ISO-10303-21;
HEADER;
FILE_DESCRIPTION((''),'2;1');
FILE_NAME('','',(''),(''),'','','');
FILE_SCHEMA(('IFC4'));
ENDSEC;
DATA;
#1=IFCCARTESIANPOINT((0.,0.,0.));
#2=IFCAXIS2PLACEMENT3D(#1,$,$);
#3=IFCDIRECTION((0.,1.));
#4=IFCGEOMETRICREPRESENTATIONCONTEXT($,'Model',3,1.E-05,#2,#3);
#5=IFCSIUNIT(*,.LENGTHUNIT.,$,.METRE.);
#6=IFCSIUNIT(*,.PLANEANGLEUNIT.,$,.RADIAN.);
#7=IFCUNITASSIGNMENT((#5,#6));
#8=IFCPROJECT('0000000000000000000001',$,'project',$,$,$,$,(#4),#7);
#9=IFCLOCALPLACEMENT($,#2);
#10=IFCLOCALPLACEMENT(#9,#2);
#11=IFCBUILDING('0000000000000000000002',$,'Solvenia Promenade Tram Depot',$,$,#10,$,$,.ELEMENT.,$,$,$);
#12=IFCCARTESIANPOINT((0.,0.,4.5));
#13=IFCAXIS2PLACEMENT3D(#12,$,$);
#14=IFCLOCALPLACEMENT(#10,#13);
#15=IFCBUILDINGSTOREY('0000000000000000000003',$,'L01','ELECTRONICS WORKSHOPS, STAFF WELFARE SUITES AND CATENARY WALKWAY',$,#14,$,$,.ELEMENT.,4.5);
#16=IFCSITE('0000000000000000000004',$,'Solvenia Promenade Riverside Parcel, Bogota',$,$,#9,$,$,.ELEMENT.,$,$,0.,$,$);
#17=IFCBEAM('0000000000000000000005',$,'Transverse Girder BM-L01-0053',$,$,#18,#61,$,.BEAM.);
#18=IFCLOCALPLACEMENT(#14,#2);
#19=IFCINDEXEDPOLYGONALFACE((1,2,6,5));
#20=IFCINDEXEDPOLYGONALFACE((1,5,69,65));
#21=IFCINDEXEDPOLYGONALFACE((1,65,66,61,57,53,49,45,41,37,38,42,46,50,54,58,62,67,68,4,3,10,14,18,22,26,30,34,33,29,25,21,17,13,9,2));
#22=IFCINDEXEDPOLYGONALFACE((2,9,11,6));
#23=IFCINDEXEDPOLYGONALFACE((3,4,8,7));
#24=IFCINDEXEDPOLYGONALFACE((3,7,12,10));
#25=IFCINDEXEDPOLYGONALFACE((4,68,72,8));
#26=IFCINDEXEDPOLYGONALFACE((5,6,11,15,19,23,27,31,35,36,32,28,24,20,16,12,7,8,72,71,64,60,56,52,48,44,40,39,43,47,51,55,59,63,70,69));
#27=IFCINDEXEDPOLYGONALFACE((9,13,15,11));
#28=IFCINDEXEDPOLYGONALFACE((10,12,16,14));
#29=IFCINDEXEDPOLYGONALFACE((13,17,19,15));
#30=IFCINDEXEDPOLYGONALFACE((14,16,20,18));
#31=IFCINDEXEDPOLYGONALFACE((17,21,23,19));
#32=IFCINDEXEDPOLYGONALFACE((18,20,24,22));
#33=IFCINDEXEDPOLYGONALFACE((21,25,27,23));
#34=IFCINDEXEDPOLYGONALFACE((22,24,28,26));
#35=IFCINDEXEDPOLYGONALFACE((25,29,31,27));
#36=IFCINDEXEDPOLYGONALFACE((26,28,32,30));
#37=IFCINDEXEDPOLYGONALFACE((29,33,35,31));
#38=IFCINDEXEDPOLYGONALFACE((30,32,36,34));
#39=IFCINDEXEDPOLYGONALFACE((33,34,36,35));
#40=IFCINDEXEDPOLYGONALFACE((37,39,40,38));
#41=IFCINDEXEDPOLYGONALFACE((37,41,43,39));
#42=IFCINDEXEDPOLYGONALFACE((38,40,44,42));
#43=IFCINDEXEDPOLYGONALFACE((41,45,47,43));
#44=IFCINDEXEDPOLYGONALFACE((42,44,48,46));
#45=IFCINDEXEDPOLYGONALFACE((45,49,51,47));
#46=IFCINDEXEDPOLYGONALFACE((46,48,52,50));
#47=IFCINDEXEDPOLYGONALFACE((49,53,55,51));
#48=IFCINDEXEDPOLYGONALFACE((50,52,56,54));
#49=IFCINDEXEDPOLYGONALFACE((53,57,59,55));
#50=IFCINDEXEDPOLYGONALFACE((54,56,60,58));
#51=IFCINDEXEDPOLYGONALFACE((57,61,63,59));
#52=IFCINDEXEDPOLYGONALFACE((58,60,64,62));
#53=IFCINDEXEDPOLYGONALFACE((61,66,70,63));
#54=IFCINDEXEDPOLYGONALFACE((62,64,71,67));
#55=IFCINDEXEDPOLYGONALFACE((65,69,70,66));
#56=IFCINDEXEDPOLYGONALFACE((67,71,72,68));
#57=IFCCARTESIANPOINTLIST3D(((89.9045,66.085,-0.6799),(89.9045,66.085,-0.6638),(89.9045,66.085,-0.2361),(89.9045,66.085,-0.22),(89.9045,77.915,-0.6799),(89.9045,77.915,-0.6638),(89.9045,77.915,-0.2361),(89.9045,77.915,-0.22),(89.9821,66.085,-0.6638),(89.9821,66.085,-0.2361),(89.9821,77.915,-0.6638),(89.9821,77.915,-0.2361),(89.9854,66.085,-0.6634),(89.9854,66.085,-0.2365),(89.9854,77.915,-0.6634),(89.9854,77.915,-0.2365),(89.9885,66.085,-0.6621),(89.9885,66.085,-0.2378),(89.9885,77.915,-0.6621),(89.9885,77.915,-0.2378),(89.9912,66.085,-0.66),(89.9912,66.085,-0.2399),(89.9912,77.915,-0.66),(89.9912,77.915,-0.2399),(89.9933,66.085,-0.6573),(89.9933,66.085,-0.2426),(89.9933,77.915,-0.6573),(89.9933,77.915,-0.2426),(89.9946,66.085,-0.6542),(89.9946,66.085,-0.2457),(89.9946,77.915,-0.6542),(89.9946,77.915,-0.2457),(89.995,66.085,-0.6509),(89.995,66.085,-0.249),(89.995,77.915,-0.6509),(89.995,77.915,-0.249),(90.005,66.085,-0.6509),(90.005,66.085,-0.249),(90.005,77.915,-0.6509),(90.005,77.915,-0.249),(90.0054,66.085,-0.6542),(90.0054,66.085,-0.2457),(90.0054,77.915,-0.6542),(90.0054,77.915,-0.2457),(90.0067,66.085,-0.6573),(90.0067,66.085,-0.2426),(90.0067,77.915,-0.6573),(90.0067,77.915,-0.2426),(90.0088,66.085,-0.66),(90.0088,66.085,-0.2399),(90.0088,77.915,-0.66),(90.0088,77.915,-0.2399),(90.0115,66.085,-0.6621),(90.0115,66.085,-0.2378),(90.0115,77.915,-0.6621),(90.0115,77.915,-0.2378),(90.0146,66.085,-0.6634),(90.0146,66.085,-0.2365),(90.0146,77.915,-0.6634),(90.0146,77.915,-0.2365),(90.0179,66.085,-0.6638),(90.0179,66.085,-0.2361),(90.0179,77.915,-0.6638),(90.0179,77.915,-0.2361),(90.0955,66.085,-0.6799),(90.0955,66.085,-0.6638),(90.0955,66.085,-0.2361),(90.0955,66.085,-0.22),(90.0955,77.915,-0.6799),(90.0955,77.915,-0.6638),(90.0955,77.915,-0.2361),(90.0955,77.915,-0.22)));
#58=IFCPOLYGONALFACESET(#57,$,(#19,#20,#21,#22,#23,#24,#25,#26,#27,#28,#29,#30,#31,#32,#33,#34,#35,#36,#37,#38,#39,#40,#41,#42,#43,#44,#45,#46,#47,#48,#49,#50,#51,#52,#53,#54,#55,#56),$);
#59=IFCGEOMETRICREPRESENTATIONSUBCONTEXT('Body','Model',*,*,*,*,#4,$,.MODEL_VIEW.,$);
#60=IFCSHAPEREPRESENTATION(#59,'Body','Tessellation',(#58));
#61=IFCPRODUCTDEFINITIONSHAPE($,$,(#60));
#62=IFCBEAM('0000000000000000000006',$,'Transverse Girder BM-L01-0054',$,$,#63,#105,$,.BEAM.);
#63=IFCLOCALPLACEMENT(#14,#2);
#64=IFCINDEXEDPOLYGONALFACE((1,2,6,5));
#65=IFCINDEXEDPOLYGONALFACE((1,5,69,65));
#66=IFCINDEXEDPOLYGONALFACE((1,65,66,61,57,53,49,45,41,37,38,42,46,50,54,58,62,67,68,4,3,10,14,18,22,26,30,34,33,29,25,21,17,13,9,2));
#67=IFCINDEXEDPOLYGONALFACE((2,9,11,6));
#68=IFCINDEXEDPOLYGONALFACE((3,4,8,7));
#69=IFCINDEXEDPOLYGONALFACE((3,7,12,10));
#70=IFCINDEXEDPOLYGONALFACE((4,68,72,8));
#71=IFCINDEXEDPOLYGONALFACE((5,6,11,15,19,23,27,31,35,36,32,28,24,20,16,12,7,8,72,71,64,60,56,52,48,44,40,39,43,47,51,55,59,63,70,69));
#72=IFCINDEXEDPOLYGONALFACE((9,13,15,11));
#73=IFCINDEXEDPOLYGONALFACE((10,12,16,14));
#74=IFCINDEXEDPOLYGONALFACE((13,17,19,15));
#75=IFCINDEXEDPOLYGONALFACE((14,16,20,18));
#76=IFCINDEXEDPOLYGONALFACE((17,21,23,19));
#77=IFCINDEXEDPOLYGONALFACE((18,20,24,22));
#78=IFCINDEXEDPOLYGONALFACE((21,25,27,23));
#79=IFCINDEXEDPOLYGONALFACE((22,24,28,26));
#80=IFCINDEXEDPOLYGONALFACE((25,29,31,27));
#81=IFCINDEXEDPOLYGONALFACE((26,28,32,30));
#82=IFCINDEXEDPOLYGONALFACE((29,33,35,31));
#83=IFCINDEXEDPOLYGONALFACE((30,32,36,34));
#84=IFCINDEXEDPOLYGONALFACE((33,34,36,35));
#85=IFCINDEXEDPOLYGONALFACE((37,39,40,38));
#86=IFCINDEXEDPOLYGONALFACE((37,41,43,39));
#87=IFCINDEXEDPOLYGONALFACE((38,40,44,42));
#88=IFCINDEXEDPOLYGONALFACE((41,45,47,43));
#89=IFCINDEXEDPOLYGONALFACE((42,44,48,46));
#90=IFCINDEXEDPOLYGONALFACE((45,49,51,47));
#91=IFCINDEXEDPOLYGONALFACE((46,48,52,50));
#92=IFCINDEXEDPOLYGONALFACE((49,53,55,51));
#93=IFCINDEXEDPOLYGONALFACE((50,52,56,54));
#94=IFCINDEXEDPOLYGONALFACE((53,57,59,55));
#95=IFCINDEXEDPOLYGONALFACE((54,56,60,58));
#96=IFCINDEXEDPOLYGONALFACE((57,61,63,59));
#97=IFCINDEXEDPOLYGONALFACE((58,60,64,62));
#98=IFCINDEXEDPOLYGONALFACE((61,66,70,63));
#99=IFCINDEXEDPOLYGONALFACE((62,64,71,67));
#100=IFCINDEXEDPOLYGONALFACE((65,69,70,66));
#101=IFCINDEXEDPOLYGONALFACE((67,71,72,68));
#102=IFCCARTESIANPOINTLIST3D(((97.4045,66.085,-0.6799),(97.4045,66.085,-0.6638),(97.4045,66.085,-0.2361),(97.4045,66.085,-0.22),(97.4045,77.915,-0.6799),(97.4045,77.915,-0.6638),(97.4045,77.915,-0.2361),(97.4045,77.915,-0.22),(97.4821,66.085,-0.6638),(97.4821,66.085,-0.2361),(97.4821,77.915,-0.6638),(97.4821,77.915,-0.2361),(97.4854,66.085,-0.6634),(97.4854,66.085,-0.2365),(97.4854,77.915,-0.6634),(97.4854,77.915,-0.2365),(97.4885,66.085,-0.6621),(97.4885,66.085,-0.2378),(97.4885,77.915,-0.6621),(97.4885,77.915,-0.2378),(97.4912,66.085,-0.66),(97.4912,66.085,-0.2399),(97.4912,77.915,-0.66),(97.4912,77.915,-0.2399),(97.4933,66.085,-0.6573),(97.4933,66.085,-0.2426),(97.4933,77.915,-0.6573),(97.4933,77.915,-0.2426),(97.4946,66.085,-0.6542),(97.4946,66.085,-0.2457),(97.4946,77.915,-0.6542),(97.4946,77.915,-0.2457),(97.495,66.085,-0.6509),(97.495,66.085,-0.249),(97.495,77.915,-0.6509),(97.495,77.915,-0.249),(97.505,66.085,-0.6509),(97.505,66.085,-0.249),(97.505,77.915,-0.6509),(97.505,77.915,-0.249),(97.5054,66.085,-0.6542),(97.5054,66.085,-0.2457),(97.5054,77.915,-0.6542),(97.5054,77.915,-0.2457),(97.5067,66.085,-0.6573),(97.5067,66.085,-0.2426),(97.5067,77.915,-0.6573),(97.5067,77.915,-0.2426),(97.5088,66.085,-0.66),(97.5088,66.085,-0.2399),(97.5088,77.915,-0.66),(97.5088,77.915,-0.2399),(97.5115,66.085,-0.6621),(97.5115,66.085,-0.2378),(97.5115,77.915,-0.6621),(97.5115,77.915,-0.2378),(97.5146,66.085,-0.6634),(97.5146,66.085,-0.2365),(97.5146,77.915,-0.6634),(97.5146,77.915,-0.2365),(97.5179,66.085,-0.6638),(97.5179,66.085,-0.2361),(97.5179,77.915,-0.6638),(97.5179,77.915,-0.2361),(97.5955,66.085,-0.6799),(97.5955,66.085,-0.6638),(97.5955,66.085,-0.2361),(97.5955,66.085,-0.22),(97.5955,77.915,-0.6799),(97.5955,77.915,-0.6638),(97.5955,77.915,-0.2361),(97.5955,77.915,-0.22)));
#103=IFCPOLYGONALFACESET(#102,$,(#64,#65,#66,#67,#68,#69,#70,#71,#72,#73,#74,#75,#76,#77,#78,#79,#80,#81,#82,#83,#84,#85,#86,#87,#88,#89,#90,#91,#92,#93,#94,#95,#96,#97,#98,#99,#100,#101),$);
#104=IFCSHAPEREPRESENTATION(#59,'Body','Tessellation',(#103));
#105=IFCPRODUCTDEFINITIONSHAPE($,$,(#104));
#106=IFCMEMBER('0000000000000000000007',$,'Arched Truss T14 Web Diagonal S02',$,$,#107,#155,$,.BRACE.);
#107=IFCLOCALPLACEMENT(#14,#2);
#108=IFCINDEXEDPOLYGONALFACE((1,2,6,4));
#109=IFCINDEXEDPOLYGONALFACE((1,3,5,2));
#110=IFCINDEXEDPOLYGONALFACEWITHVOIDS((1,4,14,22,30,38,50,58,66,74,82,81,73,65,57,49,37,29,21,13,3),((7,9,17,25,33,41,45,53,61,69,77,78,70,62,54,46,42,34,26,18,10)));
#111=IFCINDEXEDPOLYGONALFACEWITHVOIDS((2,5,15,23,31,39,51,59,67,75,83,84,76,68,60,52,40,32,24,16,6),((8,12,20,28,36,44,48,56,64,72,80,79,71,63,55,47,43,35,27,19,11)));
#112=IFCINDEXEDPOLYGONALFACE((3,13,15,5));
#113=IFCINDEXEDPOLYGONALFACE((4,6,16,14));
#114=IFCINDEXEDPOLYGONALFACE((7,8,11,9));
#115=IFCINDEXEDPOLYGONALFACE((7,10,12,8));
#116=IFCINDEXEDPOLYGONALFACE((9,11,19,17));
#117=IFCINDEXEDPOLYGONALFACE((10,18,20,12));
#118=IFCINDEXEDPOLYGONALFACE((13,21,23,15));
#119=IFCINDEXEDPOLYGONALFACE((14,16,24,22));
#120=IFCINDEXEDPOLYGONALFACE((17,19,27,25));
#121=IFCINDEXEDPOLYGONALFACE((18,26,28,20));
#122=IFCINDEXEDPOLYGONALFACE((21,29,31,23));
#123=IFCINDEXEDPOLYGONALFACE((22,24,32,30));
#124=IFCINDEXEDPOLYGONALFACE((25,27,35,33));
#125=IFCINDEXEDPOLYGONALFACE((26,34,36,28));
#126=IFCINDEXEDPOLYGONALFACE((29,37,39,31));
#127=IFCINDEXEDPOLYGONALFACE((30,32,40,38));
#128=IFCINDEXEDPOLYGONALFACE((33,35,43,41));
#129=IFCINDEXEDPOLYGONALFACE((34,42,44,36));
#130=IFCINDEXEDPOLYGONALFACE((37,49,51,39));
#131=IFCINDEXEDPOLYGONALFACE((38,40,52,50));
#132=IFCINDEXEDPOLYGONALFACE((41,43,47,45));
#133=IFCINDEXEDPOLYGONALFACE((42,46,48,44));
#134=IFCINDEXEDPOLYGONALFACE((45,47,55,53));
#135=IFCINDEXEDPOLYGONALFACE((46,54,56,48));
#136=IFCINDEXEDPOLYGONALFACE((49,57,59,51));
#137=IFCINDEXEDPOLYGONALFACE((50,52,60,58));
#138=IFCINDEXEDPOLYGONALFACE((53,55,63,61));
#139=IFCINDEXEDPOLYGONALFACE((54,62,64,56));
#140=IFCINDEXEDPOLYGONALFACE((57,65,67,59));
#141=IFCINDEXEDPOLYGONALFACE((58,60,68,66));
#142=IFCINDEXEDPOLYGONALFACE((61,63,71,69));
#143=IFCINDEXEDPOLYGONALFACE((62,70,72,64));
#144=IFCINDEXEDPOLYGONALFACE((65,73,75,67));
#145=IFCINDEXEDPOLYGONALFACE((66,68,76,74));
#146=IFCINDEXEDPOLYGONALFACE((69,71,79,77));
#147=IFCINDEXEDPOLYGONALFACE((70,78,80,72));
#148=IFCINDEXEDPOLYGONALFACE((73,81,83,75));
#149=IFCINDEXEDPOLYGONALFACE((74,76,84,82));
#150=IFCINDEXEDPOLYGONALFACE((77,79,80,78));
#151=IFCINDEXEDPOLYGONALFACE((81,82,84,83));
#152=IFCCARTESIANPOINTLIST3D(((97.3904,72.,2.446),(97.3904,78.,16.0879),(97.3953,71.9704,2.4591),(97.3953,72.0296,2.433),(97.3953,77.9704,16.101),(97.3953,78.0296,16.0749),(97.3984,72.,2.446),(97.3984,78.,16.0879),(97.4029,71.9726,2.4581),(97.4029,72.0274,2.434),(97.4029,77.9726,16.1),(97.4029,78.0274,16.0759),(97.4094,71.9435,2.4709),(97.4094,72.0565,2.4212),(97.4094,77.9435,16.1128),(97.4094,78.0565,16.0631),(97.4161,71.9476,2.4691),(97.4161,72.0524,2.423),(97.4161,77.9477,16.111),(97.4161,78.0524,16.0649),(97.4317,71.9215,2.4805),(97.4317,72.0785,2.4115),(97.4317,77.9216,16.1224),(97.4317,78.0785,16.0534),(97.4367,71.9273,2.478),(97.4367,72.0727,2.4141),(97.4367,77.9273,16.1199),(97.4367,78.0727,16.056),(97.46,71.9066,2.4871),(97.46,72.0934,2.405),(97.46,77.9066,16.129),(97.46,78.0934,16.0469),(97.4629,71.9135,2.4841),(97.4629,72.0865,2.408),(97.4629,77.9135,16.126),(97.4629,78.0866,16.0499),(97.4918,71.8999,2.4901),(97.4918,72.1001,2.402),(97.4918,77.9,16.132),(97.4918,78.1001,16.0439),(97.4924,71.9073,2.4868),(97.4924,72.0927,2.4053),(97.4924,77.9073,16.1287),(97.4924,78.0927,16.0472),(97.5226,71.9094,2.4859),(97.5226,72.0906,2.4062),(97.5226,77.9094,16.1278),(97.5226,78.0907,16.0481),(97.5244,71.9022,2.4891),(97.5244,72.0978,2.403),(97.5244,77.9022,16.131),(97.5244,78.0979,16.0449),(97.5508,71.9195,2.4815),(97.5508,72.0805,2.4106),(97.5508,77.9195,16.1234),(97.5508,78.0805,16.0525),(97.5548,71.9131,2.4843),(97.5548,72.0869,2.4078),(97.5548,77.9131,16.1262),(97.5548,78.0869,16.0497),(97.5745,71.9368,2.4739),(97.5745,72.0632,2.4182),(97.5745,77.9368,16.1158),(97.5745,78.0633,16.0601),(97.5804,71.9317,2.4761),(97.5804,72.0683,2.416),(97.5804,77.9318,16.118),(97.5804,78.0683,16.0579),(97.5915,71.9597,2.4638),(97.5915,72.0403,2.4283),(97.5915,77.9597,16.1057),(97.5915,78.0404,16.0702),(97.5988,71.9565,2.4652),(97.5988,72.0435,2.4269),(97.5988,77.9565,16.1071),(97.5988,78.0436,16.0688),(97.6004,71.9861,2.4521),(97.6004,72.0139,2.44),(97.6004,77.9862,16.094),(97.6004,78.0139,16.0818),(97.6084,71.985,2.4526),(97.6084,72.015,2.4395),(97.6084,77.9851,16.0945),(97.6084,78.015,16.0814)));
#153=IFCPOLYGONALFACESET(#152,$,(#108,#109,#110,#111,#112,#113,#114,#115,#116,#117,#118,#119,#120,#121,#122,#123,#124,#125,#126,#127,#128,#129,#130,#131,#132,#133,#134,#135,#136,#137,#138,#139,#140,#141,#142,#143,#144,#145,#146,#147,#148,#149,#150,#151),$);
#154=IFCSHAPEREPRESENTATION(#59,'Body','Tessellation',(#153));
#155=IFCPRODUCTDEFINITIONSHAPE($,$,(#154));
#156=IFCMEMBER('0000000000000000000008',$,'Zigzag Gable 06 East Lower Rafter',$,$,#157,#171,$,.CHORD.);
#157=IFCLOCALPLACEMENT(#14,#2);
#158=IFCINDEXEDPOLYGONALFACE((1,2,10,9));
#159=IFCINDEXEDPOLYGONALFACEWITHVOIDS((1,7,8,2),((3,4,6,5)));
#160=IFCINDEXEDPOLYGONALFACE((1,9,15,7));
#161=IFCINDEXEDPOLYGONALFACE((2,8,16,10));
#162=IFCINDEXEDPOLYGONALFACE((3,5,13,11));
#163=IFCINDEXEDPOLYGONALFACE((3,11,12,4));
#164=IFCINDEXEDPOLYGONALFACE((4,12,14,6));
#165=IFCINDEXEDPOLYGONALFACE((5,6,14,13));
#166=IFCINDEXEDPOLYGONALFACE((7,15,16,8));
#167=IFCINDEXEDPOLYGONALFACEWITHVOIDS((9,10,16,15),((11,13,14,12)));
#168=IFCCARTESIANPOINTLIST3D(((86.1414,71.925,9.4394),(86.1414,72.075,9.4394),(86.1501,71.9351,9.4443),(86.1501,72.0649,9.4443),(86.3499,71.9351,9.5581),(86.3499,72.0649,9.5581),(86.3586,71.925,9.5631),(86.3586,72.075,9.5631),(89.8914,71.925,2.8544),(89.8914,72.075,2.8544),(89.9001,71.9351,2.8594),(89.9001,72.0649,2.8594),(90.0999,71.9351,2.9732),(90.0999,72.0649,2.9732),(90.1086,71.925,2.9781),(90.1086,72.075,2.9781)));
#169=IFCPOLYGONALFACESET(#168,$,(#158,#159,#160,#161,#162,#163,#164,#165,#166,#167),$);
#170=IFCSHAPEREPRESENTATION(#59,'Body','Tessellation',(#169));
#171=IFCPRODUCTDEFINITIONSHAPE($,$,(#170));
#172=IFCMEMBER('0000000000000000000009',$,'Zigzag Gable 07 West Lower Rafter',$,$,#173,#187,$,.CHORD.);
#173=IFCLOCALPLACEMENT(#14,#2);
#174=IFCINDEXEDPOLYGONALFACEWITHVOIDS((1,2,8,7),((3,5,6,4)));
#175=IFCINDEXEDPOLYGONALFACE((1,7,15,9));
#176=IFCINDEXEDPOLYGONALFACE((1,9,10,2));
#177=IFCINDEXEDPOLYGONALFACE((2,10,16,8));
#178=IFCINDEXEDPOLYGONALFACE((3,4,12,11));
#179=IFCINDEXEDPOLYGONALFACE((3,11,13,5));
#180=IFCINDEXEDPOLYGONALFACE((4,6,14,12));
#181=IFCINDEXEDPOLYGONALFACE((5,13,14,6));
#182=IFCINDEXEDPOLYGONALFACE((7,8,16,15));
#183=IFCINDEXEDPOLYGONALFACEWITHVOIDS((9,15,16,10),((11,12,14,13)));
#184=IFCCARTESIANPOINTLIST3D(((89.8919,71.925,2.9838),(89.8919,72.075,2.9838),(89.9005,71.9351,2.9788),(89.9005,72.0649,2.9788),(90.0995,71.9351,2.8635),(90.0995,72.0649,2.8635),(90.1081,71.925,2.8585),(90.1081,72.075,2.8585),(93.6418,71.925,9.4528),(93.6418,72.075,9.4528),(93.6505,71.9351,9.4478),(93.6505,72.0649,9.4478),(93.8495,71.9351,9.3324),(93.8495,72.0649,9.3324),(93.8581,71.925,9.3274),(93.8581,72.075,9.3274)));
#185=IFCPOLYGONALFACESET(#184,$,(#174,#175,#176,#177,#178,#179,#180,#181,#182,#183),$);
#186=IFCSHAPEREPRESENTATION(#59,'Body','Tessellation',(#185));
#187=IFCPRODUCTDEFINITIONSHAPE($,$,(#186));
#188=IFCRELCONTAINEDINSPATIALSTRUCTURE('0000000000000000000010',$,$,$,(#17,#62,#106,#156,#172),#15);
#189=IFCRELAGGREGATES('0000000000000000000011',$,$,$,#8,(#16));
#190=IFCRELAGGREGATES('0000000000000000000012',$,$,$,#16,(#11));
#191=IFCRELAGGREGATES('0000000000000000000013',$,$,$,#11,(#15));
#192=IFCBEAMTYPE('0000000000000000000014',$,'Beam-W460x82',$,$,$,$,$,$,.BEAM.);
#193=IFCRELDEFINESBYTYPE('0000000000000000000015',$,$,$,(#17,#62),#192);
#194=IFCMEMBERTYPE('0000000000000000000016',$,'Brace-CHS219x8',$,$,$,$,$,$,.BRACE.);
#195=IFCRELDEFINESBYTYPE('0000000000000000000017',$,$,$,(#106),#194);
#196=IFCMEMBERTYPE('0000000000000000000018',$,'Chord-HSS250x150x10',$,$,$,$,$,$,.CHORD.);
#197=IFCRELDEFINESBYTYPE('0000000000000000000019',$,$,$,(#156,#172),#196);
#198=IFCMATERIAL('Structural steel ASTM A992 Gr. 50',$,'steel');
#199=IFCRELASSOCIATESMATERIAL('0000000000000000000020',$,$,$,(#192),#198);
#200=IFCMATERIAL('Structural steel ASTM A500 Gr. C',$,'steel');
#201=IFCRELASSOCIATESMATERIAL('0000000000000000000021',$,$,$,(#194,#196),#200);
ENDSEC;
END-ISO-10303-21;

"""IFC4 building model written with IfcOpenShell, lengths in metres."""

from ifc_helpers import new_model, si_unit, direction, frame, origin, origin_2d, place, context, subcontext, project, spatial, hollow_rectangle, hollow_circle, i_section, extrude, material, material_profile, profile_set, type_object, element, save


model = new_model("IFC4")

# Units and contexts
model_context = context("Model", 3, precision=1e-05, world=origin(), true_north=direction((0.0, 1.0)))
body_context = subcontext(model_context, "Body", "Model", "MODEL_VIEW")
ifc_project = project(units=[si_unit("LENGTHUNIT", "METRE"), si_unit("PLANEANGLEUNIT", "RADIAN")], contexts=[model_context])

# Site, building, storey
site_placement = place(None, origin())
site = spatial("IfcSite", under=ifc_project, at=site_placement, Name="Solvenia Promenade Riverside Parcel, Bogota", CompositionType="ELEMENT", RefElevation=0.0)
building_placement = place(site_placement, origin())
building = spatial("IfcBuilding", under=site, at=building_placement, Name="Solvenia Promenade Tram Depot", CompositionType="ELEMENT")
storey_placement = place(building_placement, frame((0.0, 0.0, 4.5)))
storey = spatial("IfcBuildingStorey", under=building, at=storey_placement, Name="L01", Description="ELECTRONICS WORKSHOPS, STAFF WELFARE SUITES AND CATENARY WALKWAY", CompositionType="ELEMENT", Elevation=4.5)

# Beams
ifc_material_1 = material(Name="Structural steel ASTM A992 Gr. 50", Category="steel")
ifc_material_profile_1 = material_profile(ifc_material_1, i_section(OverallWidth=0.1909, OverallDepth=0.46, WebThickness=0.01, FlangeThickness=0.0161, FilletRadius=0.0129, at=origin_2d()), Name="W460x82", Category="steel")
ifc_profile_set_1 = profile_set([ifc_material_profile_1], Name="Structural steel ASTM A992 Gr. 50")
beam_type_1 = type_object("IfcBeamType", Name="Beam-W460x82", PredefinedType="BEAM", material=ifc_profile_set_1)
for number, where, z_axis, x_axis, name in (
    (1, (90.0, 66.085, -0.45), (0.0, 1.0, 0.0), (-1.0, 0.0, 0.0), "Transverse Girder BM-L01-0053"),
    (2, (97.5, 66.085, -0.45), (0.0, 1.0, 0.0), (-1.0, 0.0, 0.0), "Transverse Girder BM-L01-0054"),
):
    element("IfcBeam", number, at=place(storey_placement, frame(where, z_axis=z_axis, x_axis=x_axis)), inside=storey, type_object=beam_type_1, Name=name, PredefinedType="BEAM", context=body_context, shape_type="SweptSolid", body=[
        extrude(i_section(OverallWidth=0.1909, OverallDepth=0.46, WebThickness=0.01, FlangeThickness=0.0161, FilletRadius=0.0129, at=origin_2d()), origin(), (0.0, 0.0, 1.0), 11.8301),
    ])

# Members
ifc_material_2 = material(Name="Structural steel ASTM A500 Gr. C", Category="steel")
ifc_material_profile_2 = material_profile(ifc_material_2, hollow_circle(Radius=0.1096, WallThickness=0.0081, at=origin_2d()), Name="CHS219.1x8", Category="steel")
ifc_profile_set_2 = profile_set([ifc_material_profile_2], Name="Structural steel ASTM A500 Gr. C")
member_type_1 = type_object("IfcMemberType", Name="Brace-CHS219x8", PredefinedType="BRACE", material=ifc_profile_set_2)
member_1_placement = place(storey_placement, frame((97.5, 72.0, 2.446), z_axis=(0.0, 0.402603, 0.915375), x_axis=(-1.0, 0.0, 0.0)))
element("IfcMember", 3, at=member_1_placement, inside=storey, type_object=member_type_1, Name="Arched Truss T14 Web Diagonal S02", PredefinedType="BRACE", context=body_context, shape_type="SweptSolid", body=[
    extrude(hollow_circle(Radius=0.1096, WallThickness=0.0081, at=origin_2d()), origin(), (0.0, 0.0, 1.0), 14.9031),
])
ifc_material_profile_3 = material_profile(ifc_material_2, hollow_rectangle(XDim=0.1499, YDim=0.25, WallThickness=0.01, at=origin_2d()), Name="HSS250x150x10", Category="steel")
ifc_profile_set_3 = profile_set([ifc_material_profile_3], Name="Structural steel ASTM A500 Gr. C")
member_type_2 = type_object("IfcMemberType", Name="Chord-HSS250x150x10", PredefinedType="CHORD", material=ifc_profile_set_3)
member_2_placement = place(storey_placement, frame((86.25, 72.0, 9.5012), z_axis=(0.494862, 0.0, -0.868972), x_axis=(0.0, 1.0, 0.0)))
element("IfcMember", 4, at=member_2_placement, inside=storey, type_object=member_type_2, Name="Zigzag Gable 06 East Lower Rafter", PredefinedType="CHORD", context=body_context, shape_type="SweptSolid", body=[
    extrude(hollow_rectangle(XDim=0.1499, YDim=0.25, WallThickness=0.01, at=origin_2d()), origin(), (0.0, 0.0, 1.0), 7.5779),
])
for number, where, z_axis, x_axis, name in (
    (5, (90.0, 72.0, 2.9211), (0.501516, 0.0, 0.865148), (0.0, 1.0, 0.0), "Zigzag Gable 07 West Lower Rafter"),
):
    element("IfcMember", number, at=place(storey_placement, frame(where, z_axis=z_axis, x_axis=x_axis)), inside=storey, type_object=member_type_2, Name=name, PredefinedType="CHORD", context=body_context, shape_type="SweptSolid", body=[
        extrude(hollow_rectangle(XDim=0.1499, YDim=0.25, WallThickness=0.01, at=origin_2d()), origin(), (0.0, 0.0, 1.0), 7.4773),
    ])

save(model, "model.ifc")
